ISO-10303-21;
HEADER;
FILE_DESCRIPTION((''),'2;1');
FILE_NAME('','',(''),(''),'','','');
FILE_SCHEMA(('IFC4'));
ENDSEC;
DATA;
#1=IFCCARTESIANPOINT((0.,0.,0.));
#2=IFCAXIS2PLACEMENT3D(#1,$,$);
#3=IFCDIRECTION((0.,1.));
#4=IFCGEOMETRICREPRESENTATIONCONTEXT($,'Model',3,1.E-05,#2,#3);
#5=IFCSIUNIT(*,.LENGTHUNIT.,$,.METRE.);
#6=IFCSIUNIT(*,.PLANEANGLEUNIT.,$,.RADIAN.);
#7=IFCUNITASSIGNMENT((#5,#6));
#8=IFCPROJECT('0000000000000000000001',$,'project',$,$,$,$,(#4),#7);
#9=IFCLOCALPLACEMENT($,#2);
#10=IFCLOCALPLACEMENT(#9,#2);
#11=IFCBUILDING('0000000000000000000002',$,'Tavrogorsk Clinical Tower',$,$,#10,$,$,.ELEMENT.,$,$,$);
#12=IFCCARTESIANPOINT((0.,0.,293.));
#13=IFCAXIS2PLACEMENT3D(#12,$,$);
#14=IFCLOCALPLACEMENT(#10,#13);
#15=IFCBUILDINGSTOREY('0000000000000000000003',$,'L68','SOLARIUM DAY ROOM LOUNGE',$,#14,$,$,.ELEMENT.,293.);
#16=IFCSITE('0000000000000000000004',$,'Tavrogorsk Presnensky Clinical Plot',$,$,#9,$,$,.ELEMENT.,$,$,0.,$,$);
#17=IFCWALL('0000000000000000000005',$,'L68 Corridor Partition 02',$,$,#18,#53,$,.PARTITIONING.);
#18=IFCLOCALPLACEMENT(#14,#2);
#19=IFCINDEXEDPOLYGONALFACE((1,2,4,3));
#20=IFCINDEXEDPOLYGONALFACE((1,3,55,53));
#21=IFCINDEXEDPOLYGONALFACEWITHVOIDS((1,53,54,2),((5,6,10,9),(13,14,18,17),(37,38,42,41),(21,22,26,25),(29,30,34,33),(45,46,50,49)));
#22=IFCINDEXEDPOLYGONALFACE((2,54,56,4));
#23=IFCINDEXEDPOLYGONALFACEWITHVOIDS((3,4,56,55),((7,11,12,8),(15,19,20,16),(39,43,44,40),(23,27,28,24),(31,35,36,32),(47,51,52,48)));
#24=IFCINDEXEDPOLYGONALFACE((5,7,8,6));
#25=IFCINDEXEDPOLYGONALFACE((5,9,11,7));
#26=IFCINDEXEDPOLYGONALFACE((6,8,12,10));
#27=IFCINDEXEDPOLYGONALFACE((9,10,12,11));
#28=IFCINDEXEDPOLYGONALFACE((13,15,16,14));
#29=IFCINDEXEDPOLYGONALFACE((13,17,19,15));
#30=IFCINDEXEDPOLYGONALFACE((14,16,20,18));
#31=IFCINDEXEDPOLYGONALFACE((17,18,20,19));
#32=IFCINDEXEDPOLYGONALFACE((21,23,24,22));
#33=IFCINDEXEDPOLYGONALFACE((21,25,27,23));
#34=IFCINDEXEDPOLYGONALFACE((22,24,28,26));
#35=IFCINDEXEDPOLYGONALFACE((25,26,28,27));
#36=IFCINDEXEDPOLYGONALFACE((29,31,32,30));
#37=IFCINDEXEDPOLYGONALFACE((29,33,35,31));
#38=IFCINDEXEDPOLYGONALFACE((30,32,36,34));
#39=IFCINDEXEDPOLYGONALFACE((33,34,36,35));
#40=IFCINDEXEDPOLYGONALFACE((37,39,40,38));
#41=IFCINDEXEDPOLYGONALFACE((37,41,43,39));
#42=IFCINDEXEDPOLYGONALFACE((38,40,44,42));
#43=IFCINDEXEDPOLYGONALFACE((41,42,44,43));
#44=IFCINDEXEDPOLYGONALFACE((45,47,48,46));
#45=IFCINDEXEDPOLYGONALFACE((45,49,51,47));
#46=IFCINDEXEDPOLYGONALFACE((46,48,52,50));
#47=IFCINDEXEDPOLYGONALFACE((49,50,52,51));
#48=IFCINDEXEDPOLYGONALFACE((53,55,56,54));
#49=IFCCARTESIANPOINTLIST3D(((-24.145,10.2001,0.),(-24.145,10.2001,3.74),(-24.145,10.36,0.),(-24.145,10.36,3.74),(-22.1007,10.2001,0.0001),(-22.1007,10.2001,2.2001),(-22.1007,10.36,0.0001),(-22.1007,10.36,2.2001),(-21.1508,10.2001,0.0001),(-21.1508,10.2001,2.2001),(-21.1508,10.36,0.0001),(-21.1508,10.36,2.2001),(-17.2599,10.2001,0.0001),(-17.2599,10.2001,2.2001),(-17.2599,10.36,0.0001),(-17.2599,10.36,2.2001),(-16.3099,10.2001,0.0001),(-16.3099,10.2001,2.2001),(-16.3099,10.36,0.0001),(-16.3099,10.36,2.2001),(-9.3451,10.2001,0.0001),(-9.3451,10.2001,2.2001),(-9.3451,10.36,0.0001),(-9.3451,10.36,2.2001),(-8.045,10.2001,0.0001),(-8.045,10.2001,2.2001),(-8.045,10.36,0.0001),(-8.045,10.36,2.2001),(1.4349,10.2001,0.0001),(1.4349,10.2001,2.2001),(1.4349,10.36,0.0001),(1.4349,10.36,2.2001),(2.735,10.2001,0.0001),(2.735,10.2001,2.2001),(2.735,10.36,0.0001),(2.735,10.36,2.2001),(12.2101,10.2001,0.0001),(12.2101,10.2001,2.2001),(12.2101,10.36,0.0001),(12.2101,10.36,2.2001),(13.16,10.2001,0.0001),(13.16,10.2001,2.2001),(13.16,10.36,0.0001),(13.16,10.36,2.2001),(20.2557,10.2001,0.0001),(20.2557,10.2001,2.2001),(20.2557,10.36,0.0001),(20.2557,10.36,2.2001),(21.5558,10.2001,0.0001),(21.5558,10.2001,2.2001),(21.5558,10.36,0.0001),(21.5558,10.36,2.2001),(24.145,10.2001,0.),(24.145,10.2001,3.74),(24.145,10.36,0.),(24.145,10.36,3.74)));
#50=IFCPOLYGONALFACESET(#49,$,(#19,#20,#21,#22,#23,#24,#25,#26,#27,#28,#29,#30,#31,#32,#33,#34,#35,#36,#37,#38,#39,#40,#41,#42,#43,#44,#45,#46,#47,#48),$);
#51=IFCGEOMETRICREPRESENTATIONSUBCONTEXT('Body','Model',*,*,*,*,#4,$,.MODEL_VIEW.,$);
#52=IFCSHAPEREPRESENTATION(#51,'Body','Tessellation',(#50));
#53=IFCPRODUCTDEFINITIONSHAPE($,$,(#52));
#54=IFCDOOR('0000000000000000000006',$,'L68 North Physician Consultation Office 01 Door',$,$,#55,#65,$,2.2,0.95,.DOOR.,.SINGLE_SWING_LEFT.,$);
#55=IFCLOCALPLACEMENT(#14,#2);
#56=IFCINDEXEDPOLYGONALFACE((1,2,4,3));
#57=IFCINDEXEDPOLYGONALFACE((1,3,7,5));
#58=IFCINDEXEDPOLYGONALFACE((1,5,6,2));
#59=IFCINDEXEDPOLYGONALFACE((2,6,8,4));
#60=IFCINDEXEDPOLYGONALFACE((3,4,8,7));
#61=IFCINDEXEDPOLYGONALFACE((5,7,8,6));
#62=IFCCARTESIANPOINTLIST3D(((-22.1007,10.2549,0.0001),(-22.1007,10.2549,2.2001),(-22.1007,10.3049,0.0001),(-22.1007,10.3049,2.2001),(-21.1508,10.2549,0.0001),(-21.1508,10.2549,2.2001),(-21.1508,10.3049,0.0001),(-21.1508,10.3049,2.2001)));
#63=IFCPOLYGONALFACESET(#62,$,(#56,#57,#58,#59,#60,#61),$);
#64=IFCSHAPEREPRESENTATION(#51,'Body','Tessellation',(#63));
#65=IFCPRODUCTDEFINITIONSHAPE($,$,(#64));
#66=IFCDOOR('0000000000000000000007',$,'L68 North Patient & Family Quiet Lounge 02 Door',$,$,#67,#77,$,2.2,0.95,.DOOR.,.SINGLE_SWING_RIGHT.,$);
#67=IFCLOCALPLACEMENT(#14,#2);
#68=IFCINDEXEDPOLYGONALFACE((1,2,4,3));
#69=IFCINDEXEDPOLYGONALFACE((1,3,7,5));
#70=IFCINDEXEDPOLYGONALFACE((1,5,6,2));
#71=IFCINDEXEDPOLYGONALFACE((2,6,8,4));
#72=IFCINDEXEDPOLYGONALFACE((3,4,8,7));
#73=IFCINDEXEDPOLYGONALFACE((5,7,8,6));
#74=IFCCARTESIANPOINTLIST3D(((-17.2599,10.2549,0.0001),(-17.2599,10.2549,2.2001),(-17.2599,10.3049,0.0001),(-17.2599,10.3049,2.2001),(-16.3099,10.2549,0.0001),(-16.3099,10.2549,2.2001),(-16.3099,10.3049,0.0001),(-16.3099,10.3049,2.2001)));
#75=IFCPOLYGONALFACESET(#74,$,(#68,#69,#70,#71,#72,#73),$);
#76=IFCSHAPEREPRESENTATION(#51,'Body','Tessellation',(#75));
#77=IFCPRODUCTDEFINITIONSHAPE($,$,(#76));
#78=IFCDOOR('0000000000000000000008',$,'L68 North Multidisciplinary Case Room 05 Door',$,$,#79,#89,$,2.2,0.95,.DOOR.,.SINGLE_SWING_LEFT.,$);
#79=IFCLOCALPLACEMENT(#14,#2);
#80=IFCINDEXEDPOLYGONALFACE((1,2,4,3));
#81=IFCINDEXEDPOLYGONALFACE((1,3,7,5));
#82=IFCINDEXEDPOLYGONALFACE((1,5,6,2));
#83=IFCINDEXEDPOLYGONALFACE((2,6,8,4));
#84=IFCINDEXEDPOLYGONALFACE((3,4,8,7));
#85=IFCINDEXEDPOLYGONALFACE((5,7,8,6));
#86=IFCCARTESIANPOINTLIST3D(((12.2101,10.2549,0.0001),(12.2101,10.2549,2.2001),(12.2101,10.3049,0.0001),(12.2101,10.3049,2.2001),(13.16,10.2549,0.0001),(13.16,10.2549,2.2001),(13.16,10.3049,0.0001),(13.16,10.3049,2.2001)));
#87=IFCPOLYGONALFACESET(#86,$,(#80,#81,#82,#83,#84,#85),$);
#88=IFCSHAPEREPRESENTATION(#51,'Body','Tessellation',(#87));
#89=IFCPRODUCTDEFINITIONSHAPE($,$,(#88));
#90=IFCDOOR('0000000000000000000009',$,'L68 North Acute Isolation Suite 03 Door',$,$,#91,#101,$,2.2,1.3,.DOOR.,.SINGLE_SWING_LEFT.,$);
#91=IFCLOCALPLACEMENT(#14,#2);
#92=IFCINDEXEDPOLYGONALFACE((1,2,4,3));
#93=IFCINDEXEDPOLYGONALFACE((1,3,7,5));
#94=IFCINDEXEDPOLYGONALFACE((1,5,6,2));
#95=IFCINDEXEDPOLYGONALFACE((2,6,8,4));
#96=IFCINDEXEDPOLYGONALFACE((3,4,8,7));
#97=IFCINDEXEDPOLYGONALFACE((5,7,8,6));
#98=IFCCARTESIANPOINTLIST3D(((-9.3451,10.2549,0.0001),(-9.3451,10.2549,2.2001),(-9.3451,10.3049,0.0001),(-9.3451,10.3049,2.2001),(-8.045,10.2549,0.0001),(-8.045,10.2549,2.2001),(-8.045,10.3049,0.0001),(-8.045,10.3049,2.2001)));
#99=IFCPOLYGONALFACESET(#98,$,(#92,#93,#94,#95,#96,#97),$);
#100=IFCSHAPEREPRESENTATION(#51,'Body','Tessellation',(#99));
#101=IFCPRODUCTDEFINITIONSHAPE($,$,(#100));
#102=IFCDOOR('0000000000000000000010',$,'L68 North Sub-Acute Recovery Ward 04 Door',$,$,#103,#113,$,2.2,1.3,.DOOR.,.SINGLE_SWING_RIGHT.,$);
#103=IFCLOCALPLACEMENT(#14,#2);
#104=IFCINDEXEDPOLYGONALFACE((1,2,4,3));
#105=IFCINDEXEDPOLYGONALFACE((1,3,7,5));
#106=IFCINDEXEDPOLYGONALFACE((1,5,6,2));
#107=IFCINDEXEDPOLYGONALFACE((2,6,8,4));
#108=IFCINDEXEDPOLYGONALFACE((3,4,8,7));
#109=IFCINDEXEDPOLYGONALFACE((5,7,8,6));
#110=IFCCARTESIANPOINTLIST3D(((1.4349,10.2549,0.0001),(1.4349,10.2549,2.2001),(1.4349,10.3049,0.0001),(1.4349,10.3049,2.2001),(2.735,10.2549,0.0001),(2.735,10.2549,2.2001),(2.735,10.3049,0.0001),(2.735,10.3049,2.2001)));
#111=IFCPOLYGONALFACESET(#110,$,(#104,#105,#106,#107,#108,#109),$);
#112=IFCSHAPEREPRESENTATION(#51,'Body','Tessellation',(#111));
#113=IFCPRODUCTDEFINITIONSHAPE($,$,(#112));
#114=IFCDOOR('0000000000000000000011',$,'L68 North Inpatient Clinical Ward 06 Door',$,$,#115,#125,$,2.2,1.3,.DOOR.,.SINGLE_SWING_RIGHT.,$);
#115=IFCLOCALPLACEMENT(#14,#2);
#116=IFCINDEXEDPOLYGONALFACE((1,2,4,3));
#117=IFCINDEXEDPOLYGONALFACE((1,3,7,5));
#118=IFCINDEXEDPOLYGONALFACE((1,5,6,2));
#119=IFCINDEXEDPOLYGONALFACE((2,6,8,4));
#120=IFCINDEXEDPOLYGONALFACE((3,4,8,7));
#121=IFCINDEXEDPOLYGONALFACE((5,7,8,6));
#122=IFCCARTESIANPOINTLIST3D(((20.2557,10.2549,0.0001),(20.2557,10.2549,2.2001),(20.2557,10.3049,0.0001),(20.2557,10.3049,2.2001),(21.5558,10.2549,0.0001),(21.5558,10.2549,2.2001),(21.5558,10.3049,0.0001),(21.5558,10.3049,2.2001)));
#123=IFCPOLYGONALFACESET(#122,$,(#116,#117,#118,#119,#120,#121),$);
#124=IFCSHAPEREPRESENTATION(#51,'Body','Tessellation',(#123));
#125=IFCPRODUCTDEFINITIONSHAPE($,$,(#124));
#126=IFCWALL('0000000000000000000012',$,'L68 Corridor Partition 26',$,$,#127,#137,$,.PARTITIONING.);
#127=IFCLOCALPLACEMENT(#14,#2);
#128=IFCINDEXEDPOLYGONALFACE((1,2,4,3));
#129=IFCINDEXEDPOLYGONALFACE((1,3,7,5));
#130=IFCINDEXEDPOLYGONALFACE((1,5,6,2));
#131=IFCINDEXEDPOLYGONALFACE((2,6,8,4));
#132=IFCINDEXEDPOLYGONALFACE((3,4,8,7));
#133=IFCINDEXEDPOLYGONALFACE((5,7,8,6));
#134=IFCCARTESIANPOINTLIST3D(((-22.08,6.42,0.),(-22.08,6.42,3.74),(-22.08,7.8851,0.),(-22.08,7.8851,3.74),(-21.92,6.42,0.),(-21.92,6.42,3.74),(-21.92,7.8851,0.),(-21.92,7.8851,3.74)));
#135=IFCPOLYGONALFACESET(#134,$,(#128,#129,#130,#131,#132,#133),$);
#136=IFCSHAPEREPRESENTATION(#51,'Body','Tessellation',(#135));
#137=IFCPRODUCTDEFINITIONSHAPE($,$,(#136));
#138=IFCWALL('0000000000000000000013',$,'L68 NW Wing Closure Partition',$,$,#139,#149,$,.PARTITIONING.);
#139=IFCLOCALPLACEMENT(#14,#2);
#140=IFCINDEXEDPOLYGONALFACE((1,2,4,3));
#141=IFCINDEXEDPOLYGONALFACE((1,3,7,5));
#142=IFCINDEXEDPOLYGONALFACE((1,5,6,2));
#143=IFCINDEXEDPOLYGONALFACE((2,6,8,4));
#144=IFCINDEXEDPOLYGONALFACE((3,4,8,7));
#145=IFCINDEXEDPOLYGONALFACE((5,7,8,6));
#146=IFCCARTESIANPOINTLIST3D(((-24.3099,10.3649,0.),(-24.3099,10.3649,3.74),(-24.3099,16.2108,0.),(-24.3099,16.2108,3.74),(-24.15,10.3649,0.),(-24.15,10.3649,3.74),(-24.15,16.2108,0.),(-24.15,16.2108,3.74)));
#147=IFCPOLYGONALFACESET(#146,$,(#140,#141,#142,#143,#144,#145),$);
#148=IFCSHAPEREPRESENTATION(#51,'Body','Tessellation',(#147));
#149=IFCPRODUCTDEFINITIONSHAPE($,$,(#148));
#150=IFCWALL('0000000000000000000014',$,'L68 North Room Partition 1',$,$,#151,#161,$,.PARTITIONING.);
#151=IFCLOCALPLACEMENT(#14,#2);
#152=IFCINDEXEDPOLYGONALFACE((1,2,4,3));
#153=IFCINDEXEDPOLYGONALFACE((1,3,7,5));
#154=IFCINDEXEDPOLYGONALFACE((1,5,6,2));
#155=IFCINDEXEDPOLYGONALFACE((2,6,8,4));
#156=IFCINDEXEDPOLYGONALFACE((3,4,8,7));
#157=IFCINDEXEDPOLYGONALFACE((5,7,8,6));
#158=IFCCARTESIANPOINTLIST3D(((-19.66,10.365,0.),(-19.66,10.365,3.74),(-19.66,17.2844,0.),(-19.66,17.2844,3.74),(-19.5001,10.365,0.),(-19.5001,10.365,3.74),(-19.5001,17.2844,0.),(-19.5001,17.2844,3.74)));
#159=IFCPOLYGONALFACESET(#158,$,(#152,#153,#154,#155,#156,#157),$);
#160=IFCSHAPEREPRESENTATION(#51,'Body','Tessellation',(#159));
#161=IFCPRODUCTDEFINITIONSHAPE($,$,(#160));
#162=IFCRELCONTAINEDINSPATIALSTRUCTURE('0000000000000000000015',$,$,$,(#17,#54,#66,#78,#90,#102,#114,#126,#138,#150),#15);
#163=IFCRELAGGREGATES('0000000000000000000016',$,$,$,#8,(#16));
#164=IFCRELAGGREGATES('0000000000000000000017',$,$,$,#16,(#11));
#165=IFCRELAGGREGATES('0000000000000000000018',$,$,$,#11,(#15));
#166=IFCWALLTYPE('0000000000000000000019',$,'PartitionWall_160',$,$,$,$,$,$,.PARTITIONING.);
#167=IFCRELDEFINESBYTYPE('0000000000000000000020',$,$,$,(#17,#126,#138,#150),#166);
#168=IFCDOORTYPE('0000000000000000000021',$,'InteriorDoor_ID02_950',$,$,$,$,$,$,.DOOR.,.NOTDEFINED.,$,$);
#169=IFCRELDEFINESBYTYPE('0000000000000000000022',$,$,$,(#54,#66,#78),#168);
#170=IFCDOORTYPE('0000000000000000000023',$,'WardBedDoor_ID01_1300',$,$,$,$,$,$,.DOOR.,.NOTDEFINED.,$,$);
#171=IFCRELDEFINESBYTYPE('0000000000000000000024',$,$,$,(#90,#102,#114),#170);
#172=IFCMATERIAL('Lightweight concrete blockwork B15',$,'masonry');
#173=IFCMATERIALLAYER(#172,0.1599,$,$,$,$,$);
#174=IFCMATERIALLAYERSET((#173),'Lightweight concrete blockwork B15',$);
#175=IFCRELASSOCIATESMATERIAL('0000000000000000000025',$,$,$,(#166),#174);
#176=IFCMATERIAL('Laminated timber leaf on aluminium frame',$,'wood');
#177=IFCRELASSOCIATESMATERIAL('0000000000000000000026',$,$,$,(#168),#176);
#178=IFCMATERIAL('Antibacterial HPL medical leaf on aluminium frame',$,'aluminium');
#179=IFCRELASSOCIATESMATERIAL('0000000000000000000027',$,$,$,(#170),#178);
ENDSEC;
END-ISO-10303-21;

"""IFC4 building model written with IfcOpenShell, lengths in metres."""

from ifc_helpers import new_model, si_unit, direction, frame, frame_2d, origin, place, context, subcontext, project, spatial, rectangle, extrude, material, layer, layer_set, type_object, element, fill, save


model = new_model("IFC4")

# Units and contexts
model_context = context("Model", 3, precision=1e-05, world=origin(), true_north=direction((0.0, 1.0)))
body_context = subcontext(model_context, "Body", "Model", "MODEL_VIEW")
ifc_project = project(units=[si_unit("LENGTHUNIT", "METRE"), si_unit("PLANEANGLEUNIT", "RADIAN")], contexts=[model_context])

# Site, building, storey
site_placement = place(None, origin())
site = spatial("IfcSite", under=ifc_project, at=site_placement, Name="Tavrogorsk Presnensky Clinical Plot", CompositionType="ELEMENT", RefElevation=0.0)
building_placement = place(site_placement, origin())
building = spatial("IfcBuilding", under=site, at=building_placement, Name="Tavrogorsk Clinical Tower", CompositionType="ELEMENT")
storey_placement = place(building_placement, frame((0.0, 0.0, 293.0)))
storey = spatial("IfcBuildingStorey", under=building, at=storey_placement, Name="L68", Description="SOLARIUM DAY ROOM LOUNGE", CompositionType="ELEMENT", Elevation=293.0)

# Wall, openings, doors
ifc_material_1 = material(Name="Lightweight concrete blockwork B15", Category="masonry")
ifc_layer_1 = layer(ifc_material_1, 0.1599)
ifc_layer_set_1 = layer_set([ifc_layer_1], Name="Lightweight concrete blockwork B15")
wall_type_1 = type_object("IfcWallType", Name="PartitionWall_160", PredefinedType="PARTITIONING", material=ifc_layer_set_1)
wall_1_placement = place(storey_placement, frame((-24.145, 10.28, 0.0), z_axis=(0.0, 0.0, 1.0), x_axis=(1.0, 0.0, 0.0)))
wall_1 = element("IfcWall", 1, at=wall_1_placement, inside=storey, type_object=wall_type_1, Name="L68 Corridor Partition 02", PredefinedType="PARTITIONING", context=body_context, shape_type="SweptSolid", body=[
    extrude(rectangle(XDim=48.29, YDim=0.1599, at=frame_2d((24.145, 0.0))), origin(), (0.0, 0.0, 1.0), 3.74),
])
opening_1_placement = place(wall_1_placement, frame((2.0442, 0.0, 0.0)))
opening_1 = element("IfcOpeningElement", 2, at=opening_1_placement, cuts=wall_1, PredefinedType="OPENING", context=body_context, shape_type="SweptSolid", body=[
    extrude(rectangle(XDim=0.95, YDim=2.2, at=frame_2d((0.4751, 1.1001))), frame((0.0, 0.0898, 0.0), z_axis=(0.0, -1.0, 0.0), x_axis=(1.0, 0.0, 0.0)), (0.0, 0.0, 1.0), 0.1799),
])
opening_2_placement = place(wall_1_placement, frame((6.885, 0.0, 0.0)))
opening_2 = element("IfcOpeningElement", 3, at=opening_2_placement, cuts=wall_1, PredefinedType="OPENING", context=body_context, shape_type="SweptSolid", body=[
    extrude(rectangle(XDim=0.95, YDim=2.2, at=frame_2d((0.4751, 1.1001))), frame((0.0, 0.0898, 0.0), z_axis=(0.0, -1.0, 0.0), x_axis=(1.0, 0.0, 0.0)), (0.0, 0.0, 1.0), 0.1799),
])
opening_3_placement = place(wall_1_placement, frame((14.8, 0.0, 0.0)))
opening_3 = element("IfcOpeningElement", 4, at=opening_3_placement, cuts=wall_1, PredefinedType="OPENING", context=body_context, shape_type="SweptSolid", body=[
    extrude(rectangle(XDim=1.3, YDim=2.2, at=frame_2d((0.6499, 1.1001))), frame((0.0, 0.0898, 0.0), z_axis=(0.0, -1.0, 0.0), x_axis=(1.0, 0.0, 0.0)), (0.0, 0.0, 1.0), 0.1799),
])
opening_4_placement = place(wall_1_placement, frame((25.5801, 0.0, 0.0)))
opening_4 = element("IfcOpeningElement", 5, at=opening_4_placement, cuts=wall_1, PredefinedType="OPENING", context=body_context, shape_type="SweptSolid", body=[
    extrude(rectangle(XDim=1.3, YDim=2.2, at=frame_2d((0.6499, 1.1001))), frame((0.0, 0.0898, 0.0), z_axis=(0.0, -1.0, 0.0), x_axis=(1.0, 0.0, 0.0)), (0.0, 0.0, 1.0), 0.1799),
])
opening_5_placement = place(wall_1_placement, frame((36.355, 0.0, 0.0)))
opening_5 = element("IfcOpeningElement", 6, at=opening_5_placement, cuts=wall_1, PredefinedType="OPENING", context=body_context, shape_type="SweptSolid", body=[
    extrude(rectangle(XDim=0.95, YDim=2.2, at=frame_2d((0.4751, 1.1001))), frame((0.0, 0.0898, 0.0), z_axis=(0.0, -1.0, 0.0), x_axis=(1.0, 0.0, 0.0)), (0.0, 0.0, 1.0), 0.1799),
])
opening_6_placement = place(wall_1_placement, frame((44.4009, 0.0, 0.0)))
opening_6 = element("IfcOpeningElement", 7, at=opening_6_placement, cuts=wall_1, PredefinedType="OPENING", context=body_context, shape_type="SweptSolid", body=[
    extrude(rectangle(XDim=1.3, YDim=2.2, at=frame_2d((0.6499, 1.1001))), frame((0.0, 0.0898, 0.0), z_axis=(0.0, -1.0, 0.0), x_axis=(1.0, 0.0, 0.0)), (0.0, 0.0, 1.0), 0.1799),
])
ifc_material_2 = material(Name="Laminated timber leaf on aluminium frame", Category="wood")
door_type_1 = type_object("IfcDoorType", Name="InteriorDoor_ID02_950", OperationType="NOTDEFINED", PredefinedType="DOOR", material=ifc_material_2)
door_1_placement = place(opening_1_placement, origin())
door_1 = element("IfcDoor", 8, at=door_1_placement, inside=storey, type_object=door_type_1, Name="L68 North Physician Consultation Office 01 Door", OperationType="SINGLE_SWING_LEFT", OverallHeight=2.2, OverallWidth=0.95, PredefinedType="DOOR", context=body_context, shape_type="SweptSolid", body=[
    extrude(rectangle(XDim=0.95, YDim=2.2, at=frame_2d((0.4751, 1.1001))), frame((0.0, 0.0249, 0.0), z_axis=(0.0, -1.0, 0.0), x_axis=(1.0, 0.0, 0.0)), (0.0, 0.0, 1.0), 0.05),
])
fill(opening_1, door_1)
door_2_placement = place(opening_2_placement, origin())
door_2 = element("IfcDoor", 9, at=door_2_placement, inside=storey, type_object=door_type_1, Name="L68 North Patient & Family Quiet Lounge 02 Door", OperationType="SINGLE_SWING_RIGHT", OverallHeight=2.2, OverallWidth=0.95, PredefinedType="DOOR", context=body_context, shape_type="SweptSolid", body=[
    extrude(rectangle(XDim=0.95, YDim=2.2, at=frame_2d((0.4751, 1.1001))), frame((0.0, 0.0249, 0.0), z_axis=(0.0, -1.0, 0.0), x_axis=(1.0, 0.0, 0.0)), (0.0, 0.0, 1.0), 0.05),
])
fill(opening_2, door_2)
door_3_placement = place(opening_5_placement, origin())
door_3 = element("IfcDoor", 10, at=door_3_placement, inside=storey, type_object=door_type_1, Name="L68 North Multidisciplinary Case Room 05 Door", OperationType="SINGLE_SWING_LEFT", OverallHeight=2.2, OverallWidth=0.95, PredefinedType="DOOR", context=body_context, shape_type="SweptSolid", body=[
    extrude(rectangle(XDim=0.95, YDim=2.2, at=frame_2d((0.4751, 1.1001))), frame((0.0, 0.0249, 0.0), z_axis=(0.0, -1.0, 0.0), x_axis=(1.0, 0.0, 0.0)), (0.0, 0.0, 1.0), 0.05),
])
fill(opening_5, door_3)
ifc_material_3 = material(Name="Antibacterial HPL medical leaf on aluminium frame", Category="aluminium")
door_type_2 = type_object("IfcDoorType", Name="WardBedDoor_ID01_1300", OperationType="NOTDEFINED", PredefinedType="DOOR", material=ifc_material_3)
door_4_placement = place(opening_3_placement, origin())
door_4 = element("IfcDoor", 11, at=door_4_placement, inside=storey, type_object=door_type_2, Name="L68 North Acute Isolation Suite 03 Door", OperationType="SINGLE_SWING_LEFT", OverallHeight=2.2, OverallWidth=1.3, PredefinedType="DOOR", context=body_context, shape_type="SweptSolid", body=[
    extrude(rectangle(XDim=1.3, YDim=2.2, at=frame_2d((0.6499, 1.1001))), frame((0.0, 0.0249, 0.0), z_axis=(0.0, -1.0, 0.0), x_axis=(1.0, 0.0, 0.0)), (0.0, 0.0, 1.0), 0.05),
])
fill(opening_3, door_4)
door_5_placement = place(opening_4_placement, origin())
door_5 = element("IfcDoor", 12, at=door_5_placement, inside=storey, type_object=door_type_2, Name="L68 North Sub-Acute Recovery Ward 04 Door", OperationType="SINGLE_SWING_RIGHT", OverallHeight=2.2, OverallWidth=1.3, PredefinedType="DOOR", context=body_context, shape_type="SweptSolid", body=[
    extrude(rectangle(XDim=1.3, YDim=2.2, at=frame_2d((0.6499, 1.1001))), frame((0.0, 0.0249, 0.0), z_axis=(0.0, -1.0, 0.0), x_axis=(1.0, 0.0, 0.0)), (0.0, 0.0, 1.0), 0.05),
])
fill(opening_4, door_5)
door_6_placement = place(opening_6_placement, origin())
door_6 = element("IfcDoor", 13, at=door_6_placement, inside=storey, type_object=door_type_2, Name="L68 North Inpatient Clinical Ward 06 Door", OperationType="SINGLE_SWING_RIGHT", OverallHeight=2.2, OverallWidth=1.3, PredefinedType="DOOR", context=body_context, shape_type="SweptSolid", body=[
    extrude(rectangle(XDim=1.3, YDim=2.2, at=frame_2d((0.6499, 1.1001))), frame((0.0, 0.0249, 0.0), z_axis=(0.0, -1.0, 0.0), x_axis=(1.0, 0.0, 0.0)), (0.0, 0.0, 1.0), 0.05),
])
fill(opening_6, door_6)

# Walls
wall_2_placement = place(storey_placement, frame((-22.0, 7.885, 0.0), z_axis=(0.0, 0.0, 1.0), x_axis=(0.0, -1.0, 0.0)))
element("IfcWall", 14, at=wall_2_placement, inside=storey, type_object=wall_type_1, Name="L68 Corridor Partition 26", PredefinedType="PARTITIONING", context=body_context, shape_type="SweptSolid", body=[
    extrude(rectangle(XDim=1.4651, YDim=0.1599, at=frame_2d((0.7324, 0.0))), origin(), (0.0, 0.0, 1.0), 3.74),
])
wall_3_placement = place(storey_placement, frame((-24.23, 10.365, 0.0), z_axis=(0.0, 0.0, 1.0), x_axis=(0.0, 1.0, 0.0)))
element("IfcWall", 15, at=wall_3_placement, inside=storey, type_object=wall_type_1, Name="L68 NW Wing Closure Partition", PredefinedType="PARTITIONING", context=body_context, shape_type="SweptSolid", body=[
    extrude(rectangle(XDim=5.8459, YDim=0.1599, at=frame_2d((2.9229, 0.0))), origin(), (0.0, 0.0, 1.0), 3.74),
])
wall_4_placement = place(storey_placement, frame((-19.5801, 10.365, 0.0), z_axis=(0.0, 0.0, 1.0), x_axis=(0.0, 1.0, 0.0)))
element("IfcWall", 16, at=wall_4_placement, inside=storey, type_object=wall_type_1, Name="L68 North Room Partition 1", PredefinedType="PARTITIONING", context=body_context, shape_type="SweptSolid", body=[
    extrude(rectangle(XDim=6.9194, YDim=0.1599, at=frame_2d((3.4597, 0.0))), origin(), (0.0, 0.0, 1.0), 3.74),
])

save(model, "model.ifc")
